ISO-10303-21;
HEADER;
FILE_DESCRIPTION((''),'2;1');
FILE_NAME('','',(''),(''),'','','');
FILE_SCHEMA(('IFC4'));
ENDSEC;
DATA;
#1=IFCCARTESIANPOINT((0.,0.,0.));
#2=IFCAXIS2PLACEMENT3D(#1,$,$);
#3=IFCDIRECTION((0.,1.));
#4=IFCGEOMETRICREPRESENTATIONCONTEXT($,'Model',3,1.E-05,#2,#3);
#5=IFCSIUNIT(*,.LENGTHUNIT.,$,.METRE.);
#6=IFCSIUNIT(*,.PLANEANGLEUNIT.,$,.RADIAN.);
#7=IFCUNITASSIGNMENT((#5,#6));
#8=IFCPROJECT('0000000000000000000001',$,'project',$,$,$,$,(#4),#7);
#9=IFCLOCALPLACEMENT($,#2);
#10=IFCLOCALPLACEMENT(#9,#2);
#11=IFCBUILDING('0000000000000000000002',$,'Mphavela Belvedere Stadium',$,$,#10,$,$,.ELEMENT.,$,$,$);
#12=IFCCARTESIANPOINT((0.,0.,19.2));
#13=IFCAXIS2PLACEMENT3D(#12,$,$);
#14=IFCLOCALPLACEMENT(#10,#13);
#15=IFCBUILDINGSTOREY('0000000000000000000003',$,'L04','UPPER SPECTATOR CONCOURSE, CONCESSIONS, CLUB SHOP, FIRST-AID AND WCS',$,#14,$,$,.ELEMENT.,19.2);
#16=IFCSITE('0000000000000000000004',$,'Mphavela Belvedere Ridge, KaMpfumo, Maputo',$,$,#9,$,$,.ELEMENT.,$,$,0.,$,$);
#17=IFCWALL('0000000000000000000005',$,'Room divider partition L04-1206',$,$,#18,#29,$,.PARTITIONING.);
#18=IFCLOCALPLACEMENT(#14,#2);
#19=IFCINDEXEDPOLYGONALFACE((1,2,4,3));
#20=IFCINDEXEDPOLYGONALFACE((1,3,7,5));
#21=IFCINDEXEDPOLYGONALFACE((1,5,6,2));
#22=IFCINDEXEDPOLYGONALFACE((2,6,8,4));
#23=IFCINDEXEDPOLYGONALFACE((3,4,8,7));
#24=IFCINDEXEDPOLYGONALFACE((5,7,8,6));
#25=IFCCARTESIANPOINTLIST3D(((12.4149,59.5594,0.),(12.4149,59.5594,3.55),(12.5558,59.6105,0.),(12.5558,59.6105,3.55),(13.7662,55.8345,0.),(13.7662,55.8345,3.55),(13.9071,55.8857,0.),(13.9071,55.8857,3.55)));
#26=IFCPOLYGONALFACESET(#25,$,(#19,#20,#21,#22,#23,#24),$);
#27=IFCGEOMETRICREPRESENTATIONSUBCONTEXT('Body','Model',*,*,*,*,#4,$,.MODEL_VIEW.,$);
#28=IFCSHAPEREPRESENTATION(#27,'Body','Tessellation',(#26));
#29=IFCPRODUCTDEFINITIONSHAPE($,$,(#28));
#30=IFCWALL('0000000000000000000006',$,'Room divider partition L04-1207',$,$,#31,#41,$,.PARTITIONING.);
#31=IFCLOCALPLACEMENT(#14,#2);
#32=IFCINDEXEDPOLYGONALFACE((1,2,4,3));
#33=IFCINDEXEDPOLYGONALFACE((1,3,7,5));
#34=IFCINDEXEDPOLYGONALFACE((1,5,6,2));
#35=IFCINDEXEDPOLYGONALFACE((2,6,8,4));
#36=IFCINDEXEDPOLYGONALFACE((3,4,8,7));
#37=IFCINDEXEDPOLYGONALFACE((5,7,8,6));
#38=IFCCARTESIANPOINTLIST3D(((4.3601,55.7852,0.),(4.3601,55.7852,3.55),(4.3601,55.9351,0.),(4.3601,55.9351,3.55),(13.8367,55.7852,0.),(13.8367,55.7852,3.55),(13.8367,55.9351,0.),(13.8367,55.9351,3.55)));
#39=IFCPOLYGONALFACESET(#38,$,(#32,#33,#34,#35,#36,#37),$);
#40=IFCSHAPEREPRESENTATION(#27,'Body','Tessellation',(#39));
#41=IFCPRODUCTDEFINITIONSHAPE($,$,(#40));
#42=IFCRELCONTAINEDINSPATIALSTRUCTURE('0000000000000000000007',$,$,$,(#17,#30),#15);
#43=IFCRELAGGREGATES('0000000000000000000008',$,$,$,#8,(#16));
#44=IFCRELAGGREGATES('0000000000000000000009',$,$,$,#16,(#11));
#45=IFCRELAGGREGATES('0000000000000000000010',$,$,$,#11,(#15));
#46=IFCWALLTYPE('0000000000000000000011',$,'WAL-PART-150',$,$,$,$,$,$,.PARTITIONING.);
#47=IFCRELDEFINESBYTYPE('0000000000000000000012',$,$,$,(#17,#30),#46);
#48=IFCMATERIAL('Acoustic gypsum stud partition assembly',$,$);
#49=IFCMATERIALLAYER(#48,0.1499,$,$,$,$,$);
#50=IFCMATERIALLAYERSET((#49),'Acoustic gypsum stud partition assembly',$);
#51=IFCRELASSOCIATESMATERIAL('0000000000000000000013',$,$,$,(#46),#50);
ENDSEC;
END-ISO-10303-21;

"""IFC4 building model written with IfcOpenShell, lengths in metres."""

from ifc_helpers import new_model, si_unit, direction, frame, frame_2d, origin, place, context, subcontext, project, spatial, rectangle, extrude, material, layer, layer_set, type_object, element, save


model = new_model("IFC4")

# Units and contexts
model_context = context("Model", 3, precision=1e-05, world=origin(), true_north=direction((0.0, 1.0)))
body_context = subcontext(model_context, "Body", "Model", "MODEL_VIEW")
ifc_project = project(units=[si_unit("LENGTHUNIT", "METRE"), si_unit("PLANEANGLEUNIT", "RADIAN")], contexts=[model_context])

# Site, building, storey
site_placement = place(None, origin())
site = spatial("IfcSite", under=ifc_project, at=site_placement, Name="Mphavela Belvedere Ridge, KaMpfumo, Maputo", CompositionType="ELEMENT", RefElevation=0.0)
building_placement = place(site_placement, origin())
building = spatial("IfcBuilding", under=site, at=building_placement, Name="Mphavela Belvedere Stadium", CompositionType="ELEMENT")
storey_placement = place(building_placement, frame((0.0, 0.0, 19.2)))
storey = spatial("IfcBuildingStorey", under=building, at=storey_placement, Name="L04", Description="UPPER SPECTATOR CONCOURSE, CONCESSIONS, CLUB SHOP, FIRST-AID AND WCS", CompositionType="ELEMENT", Elevation=19.2)

# Shared definitions
ifc_material_1 = material(Name="Acoustic gypsum stud partition assembly")
ifc_layer_1 = layer(ifc_material_1, 0.1499)
ifc_layer_set_1 = layer_set([ifc_layer_1], Name="Acoustic gypsum stud partition assembly")
wall_type_1 = type_object("IfcWallType", Name="WAL-PART-150", PredefinedType="PARTITIONING", material=ifc_layer_set_1)

# Walls
wall_1_placement = place(storey_placement, frame((12.4854, 59.585, 0.0), z_axis=(0.0, 0.0, 1.0), x_axis=(0.341036, -0.94005, 0.0)))
element("IfcWall", 1, at=wall_1_placement, inside=storey, type_object=wall_type_1, Name="Room divider partition L04-1206", PredefinedType="PARTITIONING", context=body_context, shape_type="SweptSolid", body=[
    extrude(rectangle(XDim=3.9624, YDim=0.1499, at=frame_2d((1.9812, 0.0))), origin(), (0.0, 0.0, 1.0), 3.55),
])
wall_2_placement = place(storey_placement, frame((13.8367, 55.8601, 0.0), z_axis=(0.0, 0.0, 1.0), x_axis=(-1.0, 0.0, 0.0)))
element("IfcWall", 2, at=wall_2_placement, inside=storey, type_object=wall_type_1, Name="Room divider partition L04-1207", PredefinedType="PARTITIONING", context=body_context, shape_type="SweptSolid", body=[
    extrude(rectangle(XDim=9.4766, YDim=0.1499, at=frame_2d((4.7383, 0.0))), origin(), (0.0, 0.0, 1.0), 3.55),
])

save(model, "model.ifc")
